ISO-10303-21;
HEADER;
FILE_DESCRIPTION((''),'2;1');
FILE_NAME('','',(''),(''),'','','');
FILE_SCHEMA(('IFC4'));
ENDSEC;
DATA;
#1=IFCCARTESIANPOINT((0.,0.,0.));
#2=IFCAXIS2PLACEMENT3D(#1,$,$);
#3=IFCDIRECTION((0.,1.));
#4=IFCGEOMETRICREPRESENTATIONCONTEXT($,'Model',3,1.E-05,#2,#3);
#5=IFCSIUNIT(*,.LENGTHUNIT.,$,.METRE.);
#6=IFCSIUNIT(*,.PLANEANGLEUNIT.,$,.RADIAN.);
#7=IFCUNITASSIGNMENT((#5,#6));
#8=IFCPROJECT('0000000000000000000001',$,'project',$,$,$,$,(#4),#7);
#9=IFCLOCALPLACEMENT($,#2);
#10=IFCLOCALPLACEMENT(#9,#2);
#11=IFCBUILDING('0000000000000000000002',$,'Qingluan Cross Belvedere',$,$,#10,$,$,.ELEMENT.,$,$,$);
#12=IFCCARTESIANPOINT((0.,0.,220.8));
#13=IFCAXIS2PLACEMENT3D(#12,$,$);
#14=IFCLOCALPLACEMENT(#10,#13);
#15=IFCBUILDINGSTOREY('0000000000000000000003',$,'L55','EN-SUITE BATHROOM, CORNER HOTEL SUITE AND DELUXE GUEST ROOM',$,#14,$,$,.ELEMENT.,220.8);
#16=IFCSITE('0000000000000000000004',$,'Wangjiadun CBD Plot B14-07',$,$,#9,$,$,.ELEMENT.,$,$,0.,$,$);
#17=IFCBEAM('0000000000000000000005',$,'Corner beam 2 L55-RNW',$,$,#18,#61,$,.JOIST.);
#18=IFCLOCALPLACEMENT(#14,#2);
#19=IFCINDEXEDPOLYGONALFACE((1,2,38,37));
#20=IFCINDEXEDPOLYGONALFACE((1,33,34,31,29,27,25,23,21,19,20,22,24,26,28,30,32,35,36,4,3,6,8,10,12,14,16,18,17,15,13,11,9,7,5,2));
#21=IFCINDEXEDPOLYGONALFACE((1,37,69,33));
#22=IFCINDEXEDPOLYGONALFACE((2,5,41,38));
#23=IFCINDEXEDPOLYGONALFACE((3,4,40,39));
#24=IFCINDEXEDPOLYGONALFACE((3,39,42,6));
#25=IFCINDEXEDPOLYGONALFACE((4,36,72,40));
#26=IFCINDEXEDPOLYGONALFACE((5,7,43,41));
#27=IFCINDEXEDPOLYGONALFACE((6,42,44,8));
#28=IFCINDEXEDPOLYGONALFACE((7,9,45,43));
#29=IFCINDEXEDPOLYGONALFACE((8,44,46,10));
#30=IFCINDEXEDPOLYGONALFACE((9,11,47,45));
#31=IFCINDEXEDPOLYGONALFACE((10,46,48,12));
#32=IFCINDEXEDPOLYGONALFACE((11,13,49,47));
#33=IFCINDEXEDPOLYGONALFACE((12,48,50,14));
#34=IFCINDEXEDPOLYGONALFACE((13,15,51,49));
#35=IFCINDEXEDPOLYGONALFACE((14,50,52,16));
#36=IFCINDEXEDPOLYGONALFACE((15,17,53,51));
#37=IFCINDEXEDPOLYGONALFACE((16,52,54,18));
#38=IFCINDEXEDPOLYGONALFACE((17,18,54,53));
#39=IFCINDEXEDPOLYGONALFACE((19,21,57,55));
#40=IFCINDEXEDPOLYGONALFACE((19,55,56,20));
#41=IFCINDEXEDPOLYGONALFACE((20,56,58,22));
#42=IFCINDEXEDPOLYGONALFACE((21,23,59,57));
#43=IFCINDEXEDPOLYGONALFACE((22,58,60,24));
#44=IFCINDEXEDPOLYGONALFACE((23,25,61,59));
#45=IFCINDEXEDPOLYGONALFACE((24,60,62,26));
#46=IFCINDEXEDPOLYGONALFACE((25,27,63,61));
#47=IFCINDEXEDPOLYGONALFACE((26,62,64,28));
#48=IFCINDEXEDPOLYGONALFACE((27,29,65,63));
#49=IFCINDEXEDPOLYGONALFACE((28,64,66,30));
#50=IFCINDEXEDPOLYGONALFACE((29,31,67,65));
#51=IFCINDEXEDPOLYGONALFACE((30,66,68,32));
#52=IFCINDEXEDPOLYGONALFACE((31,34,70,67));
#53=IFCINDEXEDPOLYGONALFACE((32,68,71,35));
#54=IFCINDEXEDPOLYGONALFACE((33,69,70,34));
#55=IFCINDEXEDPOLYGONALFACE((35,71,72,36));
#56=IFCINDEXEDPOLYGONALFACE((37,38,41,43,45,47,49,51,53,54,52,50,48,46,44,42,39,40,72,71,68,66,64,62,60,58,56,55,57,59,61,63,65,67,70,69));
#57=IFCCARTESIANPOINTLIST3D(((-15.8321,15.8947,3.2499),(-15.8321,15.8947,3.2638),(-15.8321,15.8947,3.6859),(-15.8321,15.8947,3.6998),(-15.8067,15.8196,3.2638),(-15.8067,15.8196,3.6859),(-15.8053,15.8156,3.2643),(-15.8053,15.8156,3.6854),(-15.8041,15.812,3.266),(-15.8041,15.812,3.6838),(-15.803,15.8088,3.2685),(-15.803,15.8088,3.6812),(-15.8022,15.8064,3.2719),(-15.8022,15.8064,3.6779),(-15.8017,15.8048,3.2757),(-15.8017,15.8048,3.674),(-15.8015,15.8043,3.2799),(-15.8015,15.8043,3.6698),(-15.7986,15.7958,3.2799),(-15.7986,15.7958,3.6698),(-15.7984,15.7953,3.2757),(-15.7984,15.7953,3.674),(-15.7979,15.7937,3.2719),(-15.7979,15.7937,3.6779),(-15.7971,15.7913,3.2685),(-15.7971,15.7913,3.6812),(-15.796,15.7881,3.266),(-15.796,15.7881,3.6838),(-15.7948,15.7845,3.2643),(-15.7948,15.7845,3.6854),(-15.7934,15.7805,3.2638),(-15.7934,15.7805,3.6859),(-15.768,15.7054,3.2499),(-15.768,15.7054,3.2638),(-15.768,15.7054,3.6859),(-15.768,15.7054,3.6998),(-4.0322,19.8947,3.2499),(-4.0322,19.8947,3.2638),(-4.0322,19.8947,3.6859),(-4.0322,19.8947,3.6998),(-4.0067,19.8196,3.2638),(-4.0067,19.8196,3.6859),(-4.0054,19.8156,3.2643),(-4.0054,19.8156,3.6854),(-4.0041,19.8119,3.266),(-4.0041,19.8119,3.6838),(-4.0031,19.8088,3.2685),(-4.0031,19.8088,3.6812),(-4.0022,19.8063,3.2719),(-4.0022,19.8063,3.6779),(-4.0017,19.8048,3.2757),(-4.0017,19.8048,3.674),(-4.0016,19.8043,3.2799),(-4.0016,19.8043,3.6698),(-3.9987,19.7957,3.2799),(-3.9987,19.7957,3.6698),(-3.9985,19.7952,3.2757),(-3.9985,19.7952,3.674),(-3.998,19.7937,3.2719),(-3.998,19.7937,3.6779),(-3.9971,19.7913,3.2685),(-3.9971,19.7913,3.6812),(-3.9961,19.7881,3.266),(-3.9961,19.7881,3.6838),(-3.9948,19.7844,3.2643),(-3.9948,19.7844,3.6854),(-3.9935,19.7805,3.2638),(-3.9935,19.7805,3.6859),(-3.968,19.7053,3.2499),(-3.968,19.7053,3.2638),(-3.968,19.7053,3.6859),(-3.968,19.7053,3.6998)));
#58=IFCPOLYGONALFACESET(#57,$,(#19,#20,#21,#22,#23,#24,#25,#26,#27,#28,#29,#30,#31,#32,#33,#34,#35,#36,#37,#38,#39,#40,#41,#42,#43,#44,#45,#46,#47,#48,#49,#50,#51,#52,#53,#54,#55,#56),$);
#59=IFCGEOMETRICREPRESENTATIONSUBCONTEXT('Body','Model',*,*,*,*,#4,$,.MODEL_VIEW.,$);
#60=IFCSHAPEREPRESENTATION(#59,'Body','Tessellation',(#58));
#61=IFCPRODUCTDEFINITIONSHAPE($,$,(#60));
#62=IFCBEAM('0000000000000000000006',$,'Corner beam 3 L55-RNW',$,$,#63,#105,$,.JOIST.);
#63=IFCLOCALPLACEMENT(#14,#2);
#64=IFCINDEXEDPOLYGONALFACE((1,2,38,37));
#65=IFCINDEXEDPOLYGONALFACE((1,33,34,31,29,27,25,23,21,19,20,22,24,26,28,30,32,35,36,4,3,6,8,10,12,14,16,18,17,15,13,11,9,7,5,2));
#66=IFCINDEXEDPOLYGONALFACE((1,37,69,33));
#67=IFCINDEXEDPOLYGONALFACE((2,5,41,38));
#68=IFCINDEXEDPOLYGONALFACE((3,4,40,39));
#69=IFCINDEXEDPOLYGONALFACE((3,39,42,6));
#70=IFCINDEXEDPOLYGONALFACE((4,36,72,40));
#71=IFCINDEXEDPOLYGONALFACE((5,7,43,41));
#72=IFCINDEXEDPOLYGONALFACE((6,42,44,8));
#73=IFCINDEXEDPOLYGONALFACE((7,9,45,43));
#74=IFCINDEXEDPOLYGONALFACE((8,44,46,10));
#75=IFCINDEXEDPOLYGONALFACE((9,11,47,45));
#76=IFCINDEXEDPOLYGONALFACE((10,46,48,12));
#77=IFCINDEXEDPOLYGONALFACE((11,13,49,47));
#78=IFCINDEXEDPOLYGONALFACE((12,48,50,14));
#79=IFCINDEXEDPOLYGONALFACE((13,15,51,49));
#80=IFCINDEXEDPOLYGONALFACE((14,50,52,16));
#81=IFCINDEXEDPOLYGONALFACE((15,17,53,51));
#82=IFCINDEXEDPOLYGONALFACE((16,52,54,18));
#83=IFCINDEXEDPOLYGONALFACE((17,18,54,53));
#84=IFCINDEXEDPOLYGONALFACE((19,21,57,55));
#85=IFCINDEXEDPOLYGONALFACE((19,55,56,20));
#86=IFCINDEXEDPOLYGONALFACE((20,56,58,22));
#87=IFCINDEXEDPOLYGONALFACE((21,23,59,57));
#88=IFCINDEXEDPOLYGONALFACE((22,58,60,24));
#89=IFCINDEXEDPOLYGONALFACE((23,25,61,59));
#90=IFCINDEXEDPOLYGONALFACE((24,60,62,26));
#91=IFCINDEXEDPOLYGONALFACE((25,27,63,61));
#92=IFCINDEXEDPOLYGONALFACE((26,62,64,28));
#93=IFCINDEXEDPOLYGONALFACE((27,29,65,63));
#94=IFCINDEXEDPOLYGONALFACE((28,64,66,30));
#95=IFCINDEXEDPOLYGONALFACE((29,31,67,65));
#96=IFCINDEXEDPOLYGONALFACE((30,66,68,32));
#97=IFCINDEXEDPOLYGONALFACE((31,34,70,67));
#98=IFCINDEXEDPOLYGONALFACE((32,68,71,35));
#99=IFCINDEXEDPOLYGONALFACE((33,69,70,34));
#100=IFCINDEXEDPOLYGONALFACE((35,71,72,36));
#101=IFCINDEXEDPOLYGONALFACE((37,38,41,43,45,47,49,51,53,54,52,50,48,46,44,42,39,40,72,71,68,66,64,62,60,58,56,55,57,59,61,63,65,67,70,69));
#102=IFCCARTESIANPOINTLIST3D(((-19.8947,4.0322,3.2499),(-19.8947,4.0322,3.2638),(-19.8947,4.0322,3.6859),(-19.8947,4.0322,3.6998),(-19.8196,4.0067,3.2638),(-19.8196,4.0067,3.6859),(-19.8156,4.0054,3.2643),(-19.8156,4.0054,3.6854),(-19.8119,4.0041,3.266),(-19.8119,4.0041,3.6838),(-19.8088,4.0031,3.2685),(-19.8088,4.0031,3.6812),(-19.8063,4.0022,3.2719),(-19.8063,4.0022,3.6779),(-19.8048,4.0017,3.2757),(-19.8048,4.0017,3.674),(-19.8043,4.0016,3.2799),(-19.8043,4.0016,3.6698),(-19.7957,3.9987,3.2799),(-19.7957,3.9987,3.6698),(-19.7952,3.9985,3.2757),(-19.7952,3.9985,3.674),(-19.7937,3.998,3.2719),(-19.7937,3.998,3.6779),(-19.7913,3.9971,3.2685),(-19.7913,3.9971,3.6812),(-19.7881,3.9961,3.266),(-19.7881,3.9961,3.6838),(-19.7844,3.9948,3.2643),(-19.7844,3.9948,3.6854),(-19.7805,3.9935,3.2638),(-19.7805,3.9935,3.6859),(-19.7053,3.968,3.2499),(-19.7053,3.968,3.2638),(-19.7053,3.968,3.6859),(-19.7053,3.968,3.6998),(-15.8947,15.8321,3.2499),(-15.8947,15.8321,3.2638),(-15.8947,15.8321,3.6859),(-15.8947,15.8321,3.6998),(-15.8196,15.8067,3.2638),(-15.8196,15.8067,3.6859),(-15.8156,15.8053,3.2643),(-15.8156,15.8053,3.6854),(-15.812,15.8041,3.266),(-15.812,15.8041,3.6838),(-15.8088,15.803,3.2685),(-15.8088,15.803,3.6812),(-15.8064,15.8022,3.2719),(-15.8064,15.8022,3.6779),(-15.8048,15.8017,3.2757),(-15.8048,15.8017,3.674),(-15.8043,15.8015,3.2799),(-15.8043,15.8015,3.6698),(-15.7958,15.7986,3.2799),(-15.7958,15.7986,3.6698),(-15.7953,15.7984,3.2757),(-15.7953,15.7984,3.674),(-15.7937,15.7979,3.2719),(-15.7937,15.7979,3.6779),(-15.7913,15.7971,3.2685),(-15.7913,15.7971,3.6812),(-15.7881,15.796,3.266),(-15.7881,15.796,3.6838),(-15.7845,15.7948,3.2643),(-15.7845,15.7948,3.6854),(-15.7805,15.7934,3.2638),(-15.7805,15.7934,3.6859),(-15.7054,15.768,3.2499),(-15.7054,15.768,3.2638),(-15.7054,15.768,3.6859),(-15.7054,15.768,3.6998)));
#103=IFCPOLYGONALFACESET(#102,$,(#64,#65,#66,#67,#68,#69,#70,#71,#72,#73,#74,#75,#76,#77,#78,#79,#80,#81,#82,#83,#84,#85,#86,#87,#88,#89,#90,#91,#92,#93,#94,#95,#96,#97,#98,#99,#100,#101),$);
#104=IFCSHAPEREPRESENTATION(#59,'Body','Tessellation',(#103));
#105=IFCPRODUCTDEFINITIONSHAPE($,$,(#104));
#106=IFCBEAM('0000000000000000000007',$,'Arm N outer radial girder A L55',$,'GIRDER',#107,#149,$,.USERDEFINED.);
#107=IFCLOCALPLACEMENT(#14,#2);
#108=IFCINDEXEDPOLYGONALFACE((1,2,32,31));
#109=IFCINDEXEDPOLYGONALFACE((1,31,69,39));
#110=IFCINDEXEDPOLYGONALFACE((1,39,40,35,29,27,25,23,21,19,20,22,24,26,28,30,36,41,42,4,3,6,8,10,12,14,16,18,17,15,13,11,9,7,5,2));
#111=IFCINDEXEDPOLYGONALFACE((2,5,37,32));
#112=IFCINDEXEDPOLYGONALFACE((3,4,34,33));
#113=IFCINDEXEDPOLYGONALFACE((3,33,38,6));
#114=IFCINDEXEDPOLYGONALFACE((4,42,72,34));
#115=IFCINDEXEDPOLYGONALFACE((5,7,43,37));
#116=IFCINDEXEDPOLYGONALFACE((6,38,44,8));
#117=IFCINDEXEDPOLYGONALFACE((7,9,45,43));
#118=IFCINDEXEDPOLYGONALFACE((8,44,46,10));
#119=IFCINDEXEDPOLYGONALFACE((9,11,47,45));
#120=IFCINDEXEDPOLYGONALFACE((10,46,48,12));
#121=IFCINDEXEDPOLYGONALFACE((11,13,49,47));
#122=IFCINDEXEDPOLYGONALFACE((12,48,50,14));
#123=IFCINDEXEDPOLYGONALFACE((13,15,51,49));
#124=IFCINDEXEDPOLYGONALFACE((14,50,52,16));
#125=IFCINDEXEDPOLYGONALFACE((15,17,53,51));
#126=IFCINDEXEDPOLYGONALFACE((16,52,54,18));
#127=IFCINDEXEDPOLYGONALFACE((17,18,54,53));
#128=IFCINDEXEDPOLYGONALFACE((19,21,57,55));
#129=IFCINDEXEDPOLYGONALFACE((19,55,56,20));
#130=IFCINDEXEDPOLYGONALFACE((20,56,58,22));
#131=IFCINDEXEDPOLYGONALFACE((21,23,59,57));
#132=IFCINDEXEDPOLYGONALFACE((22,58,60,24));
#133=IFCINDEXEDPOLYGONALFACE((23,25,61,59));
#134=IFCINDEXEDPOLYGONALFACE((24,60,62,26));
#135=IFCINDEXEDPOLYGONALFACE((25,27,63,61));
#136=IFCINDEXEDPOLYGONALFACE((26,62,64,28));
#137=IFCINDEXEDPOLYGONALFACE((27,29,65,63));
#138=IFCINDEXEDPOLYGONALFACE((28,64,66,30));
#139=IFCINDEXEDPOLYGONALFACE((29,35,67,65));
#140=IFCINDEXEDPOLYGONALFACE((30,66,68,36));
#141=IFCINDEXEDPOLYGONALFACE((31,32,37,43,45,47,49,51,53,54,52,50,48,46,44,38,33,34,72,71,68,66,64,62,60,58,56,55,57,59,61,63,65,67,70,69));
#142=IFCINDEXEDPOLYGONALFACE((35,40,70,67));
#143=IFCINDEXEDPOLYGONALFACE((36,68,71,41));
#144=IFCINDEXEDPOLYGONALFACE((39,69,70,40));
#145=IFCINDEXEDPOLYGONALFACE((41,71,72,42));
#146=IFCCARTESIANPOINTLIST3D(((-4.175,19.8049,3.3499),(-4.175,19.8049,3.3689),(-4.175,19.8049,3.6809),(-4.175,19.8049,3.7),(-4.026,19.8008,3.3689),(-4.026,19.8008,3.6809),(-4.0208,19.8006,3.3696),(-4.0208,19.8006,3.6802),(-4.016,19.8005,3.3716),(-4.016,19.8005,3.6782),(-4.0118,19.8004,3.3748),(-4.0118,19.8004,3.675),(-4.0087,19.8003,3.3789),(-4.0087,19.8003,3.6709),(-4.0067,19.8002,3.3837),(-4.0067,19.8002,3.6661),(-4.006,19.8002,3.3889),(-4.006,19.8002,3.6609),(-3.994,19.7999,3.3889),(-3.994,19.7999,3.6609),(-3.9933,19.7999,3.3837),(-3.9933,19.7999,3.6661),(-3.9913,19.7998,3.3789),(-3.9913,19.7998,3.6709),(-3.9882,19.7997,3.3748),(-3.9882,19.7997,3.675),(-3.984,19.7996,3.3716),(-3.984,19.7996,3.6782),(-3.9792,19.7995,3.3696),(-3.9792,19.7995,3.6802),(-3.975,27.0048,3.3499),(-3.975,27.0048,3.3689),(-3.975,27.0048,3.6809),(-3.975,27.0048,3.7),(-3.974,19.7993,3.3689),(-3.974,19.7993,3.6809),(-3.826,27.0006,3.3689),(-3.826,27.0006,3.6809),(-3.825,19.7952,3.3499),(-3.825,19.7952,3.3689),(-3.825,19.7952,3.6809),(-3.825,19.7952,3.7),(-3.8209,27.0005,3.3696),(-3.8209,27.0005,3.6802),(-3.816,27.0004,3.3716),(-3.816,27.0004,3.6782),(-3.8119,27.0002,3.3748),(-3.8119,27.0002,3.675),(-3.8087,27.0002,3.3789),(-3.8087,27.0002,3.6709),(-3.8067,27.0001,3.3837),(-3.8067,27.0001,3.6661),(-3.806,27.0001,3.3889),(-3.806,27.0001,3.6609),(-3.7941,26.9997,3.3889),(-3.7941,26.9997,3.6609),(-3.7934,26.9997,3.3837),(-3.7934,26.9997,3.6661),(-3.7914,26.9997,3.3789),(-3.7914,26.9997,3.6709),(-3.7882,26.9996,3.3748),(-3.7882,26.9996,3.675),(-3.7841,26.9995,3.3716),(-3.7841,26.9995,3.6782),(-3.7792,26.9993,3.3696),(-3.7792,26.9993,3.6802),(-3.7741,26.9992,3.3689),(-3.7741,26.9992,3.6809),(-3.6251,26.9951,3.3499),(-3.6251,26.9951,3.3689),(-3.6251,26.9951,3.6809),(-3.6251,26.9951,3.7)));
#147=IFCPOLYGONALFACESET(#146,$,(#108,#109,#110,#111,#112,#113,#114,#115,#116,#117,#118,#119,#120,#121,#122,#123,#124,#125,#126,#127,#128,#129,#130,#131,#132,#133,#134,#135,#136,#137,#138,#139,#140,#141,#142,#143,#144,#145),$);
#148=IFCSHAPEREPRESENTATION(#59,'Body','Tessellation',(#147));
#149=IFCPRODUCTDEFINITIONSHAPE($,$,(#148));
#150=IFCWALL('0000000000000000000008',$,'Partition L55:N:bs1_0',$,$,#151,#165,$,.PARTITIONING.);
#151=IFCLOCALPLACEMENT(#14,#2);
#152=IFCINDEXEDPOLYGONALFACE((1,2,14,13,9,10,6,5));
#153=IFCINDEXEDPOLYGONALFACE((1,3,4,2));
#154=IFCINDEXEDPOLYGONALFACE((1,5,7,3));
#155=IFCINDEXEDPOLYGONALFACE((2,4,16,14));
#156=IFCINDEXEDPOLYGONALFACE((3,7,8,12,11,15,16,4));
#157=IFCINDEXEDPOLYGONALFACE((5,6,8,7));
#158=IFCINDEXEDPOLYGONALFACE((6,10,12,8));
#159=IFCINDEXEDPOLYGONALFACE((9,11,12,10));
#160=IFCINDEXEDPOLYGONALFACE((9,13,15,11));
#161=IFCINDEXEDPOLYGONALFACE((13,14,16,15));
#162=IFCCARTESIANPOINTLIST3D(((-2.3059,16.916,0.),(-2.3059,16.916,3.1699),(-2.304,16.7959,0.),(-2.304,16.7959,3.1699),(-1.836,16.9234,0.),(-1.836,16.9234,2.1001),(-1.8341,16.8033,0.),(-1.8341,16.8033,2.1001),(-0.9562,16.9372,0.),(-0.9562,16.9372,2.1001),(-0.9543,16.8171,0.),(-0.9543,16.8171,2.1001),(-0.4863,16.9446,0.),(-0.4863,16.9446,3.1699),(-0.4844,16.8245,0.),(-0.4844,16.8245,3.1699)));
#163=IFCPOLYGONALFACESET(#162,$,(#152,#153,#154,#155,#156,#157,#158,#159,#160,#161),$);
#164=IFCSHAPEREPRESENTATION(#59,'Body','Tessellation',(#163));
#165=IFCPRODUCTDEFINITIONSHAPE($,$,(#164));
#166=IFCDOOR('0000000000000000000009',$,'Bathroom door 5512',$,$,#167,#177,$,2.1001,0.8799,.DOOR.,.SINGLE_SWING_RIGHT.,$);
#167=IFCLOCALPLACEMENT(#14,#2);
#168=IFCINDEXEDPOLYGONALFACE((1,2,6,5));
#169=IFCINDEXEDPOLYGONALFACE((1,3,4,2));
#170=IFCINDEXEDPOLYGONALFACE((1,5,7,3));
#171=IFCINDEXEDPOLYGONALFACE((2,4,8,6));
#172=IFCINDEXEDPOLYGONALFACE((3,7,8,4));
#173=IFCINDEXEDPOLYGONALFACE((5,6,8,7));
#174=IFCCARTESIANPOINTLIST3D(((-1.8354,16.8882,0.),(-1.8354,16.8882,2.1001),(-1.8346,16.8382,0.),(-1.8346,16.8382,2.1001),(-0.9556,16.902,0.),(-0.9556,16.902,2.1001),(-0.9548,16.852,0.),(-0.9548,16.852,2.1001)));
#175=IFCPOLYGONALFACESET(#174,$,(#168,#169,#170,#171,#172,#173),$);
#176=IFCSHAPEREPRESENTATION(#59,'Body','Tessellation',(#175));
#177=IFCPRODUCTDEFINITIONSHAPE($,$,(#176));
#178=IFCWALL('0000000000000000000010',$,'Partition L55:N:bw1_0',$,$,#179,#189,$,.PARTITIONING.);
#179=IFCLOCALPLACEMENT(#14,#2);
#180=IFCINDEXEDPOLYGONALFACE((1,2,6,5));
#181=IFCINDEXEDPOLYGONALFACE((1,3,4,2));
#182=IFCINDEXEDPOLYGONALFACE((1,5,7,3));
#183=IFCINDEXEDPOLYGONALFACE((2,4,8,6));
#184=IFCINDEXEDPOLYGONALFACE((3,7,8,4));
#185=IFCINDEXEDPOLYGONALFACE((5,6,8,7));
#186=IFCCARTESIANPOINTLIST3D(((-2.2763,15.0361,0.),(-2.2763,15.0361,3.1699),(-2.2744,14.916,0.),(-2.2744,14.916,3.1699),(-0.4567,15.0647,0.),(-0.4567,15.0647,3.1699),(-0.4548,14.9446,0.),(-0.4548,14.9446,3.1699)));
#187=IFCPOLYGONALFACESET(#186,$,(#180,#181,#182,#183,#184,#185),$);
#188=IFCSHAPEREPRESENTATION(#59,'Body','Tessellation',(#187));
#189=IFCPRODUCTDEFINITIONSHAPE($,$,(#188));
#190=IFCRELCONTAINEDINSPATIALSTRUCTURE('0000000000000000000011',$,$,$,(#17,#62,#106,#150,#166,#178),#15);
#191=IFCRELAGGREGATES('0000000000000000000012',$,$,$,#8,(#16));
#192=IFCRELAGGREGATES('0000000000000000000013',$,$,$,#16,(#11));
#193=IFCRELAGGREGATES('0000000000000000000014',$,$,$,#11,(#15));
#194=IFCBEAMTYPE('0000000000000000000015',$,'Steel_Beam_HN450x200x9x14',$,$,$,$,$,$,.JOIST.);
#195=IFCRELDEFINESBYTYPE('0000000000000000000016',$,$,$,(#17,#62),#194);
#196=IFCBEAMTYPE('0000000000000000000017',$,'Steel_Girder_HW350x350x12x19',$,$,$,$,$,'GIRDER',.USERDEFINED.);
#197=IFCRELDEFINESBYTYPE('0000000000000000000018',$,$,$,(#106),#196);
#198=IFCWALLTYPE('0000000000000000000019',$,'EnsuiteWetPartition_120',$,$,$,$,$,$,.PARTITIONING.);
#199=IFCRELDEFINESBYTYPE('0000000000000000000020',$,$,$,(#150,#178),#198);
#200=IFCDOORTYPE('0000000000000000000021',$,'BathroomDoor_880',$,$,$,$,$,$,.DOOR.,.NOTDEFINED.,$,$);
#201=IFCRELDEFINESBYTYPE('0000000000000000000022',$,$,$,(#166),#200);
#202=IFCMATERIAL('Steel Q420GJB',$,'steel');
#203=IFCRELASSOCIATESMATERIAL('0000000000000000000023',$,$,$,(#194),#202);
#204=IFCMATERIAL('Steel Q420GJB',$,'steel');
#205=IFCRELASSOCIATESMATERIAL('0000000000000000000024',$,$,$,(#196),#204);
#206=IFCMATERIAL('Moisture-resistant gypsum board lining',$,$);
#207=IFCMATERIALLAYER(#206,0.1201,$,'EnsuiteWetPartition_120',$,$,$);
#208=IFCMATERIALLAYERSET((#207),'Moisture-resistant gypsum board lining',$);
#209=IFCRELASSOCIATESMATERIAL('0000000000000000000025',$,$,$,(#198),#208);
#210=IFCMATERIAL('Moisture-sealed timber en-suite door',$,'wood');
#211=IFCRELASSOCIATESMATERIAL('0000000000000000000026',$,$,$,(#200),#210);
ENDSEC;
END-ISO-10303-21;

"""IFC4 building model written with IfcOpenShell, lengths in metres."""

from ifc_helpers import new_model, si_unit, direction, frame, frame_2d, origin, origin_2d, place, context, subcontext, project, spatial, rectangle, i_section, extrude, material, layer, layer_set, material_profile, profile_set, type_object, element, fill, save


model = new_model("IFC4")

# Units and contexts
model_context = context("Model", 3, precision=1e-05, world=origin(), true_north=direction((0.0, 1.0)))
body_context = subcontext(model_context, "Body", "Model", "MODEL_VIEW")
ifc_project = project(units=[si_unit("LENGTHUNIT", "METRE"), si_unit("PLANEANGLEUNIT", "RADIAN")], contexts=[model_context])

# Site, building, storey
site_placement = place(None, origin())
site = spatial("IfcSite", under=ifc_project, at=site_placement, Name="Wangjiadun CBD Plot B14-07", CompositionType="ELEMENT", RefElevation=0.0)
building_placement = place(site_placement, origin())
building = spatial("IfcBuilding", under=site, at=building_placement, Name="Qingluan Cross Belvedere", CompositionType="ELEMENT")
storey_placement = place(building_placement, frame((0.0, 0.0, 220.8)))
storey = spatial("IfcBuildingStorey", under=building, at=storey_placement, Name="L55", Description="EN-SUITE BATHROOM, CORNER HOTEL SUITE AND DELUXE GUEST ROOM", CompositionType="ELEMENT", Elevation=220.8)

# Beams
ifc_material_1 = material(Name="Steel Q420GJB", Category="steel")
ifc_material_profile_1 = material_profile(ifc_material_1, i_section(OverallWidth=0.2, OverallDepth=0.45, WebThickness=0.009, FlangeThickness=0.0139, FilletRadius=0.0161, at=origin_2d()), Name="HN450x200x9x14")
ifc_profile_set_1 = profile_set([ifc_material_profile_1], Name="Steel Q420GJB")
beam_type_1 = type_object("IfcBeamType", Name="Steel_Beam_HN450x200x9x14", PredefinedType="JOIST", material=ifc_profile_set_1)
for number, where, z_axis, x_axis, name in (
    (1, (-15.8, 15.8, 3.4749), (0.947066, 0.321038, 0.0), (-0.321038, 0.947066, 0.0), "Corner beam 2 L55-RNW"),
    (2, (-15.8, 15.8, 3.4749), (-0.321038, -0.947066, 0.0), (0.947066, -0.321038, 0.0), "Corner beam 3 L55-RNW"),
):
    element("IfcBeam", number, at=place(storey_placement, frame(where, z_axis=z_axis, x_axis=x_axis)), inside=storey, type_object=beam_type_1, Name=name, PredefinedType="JOIST", context=body_context, shape_type="SweptSolid", body=[
        extrude(i_section(OverallWidth=0.2, OverallDepth=0.45, WebThickness=0.009, FlangeThickness=0.0139, FilletRadius=0.0161, at=origin_2d()), origin(), (0.0, 0.0, 1.0), 12.4595),
    ])
ifc_material_2 = material(Name="Steel Q420GJB", Category="steel")
ifc_material_profile_2 = material_profile(ifc_material_2, i_section(OverallWidth=0.3501, OverallDepth=0.3501, WebThickness=0.012, FlangeThickness=0.019, FilletRadius=0.02, at=origin_2d()), Name="HW350x350x12x19")
ifc_profile_set_2 = profile_set([ifc_material_profile_2], Name="Steel Q420GJB")
beam_type_2 = type_object("IfcBeamType", Name="Steel_Girder_HW350x350x12x19", ElementType="GIRDER", PredefinedType="USERDEFINED", material=ifc_profile_set_2)
beam_1_placement = place(storey_placement, frame((-4.0, 19.8, 3.5249), z_axis=(0.02776, 0.999615, 0.0), x_axis=(-0.999615, 0.02776, 0.0)))
element("IfcBeam", 3, at=beam_1_placement, inside=storey, type_object=beam_type_2, Name="Arm N outer radial girder A L55", ObjectType="GIRDER", PredefinedType="USERDEFINED", context=body_context, shape_type="SweptSolid", body=[
    extrude(i_section(OverallWidth=0.3501, OverallDepth=0.3501, WebThickness=0.012, FlangeThickness=0.019, FilletRadius=0.02, at=origin_2d()), origin(), (0.0, 0.0, 1.0), 7.2026),
])

# Wall, opening, door
ifc_material_3 = material(Name="Moisture-resistant gypsum board lining")
ifc_layer_1 = layer(ifc_material_3, 0.1201, Name="EnsuiteWetPartition_120")
ifc_layer_set_1 = layer_set([ifc_layer_1], Name="Moisture-resistant gypsum board lining")
wall_type_1 = type_object("IfcWallType", Name="EnsuiteWetPartition_120", PredefinedType="PARTITIONING", material=ifc_layer_set_1)
wall_1_placement = place(storey_placement, frame((-2.3049, 16.856, 0.0), z_axis=(0.0, 0.0, 1.0), x_axis=(0.999877, 0.015696, 0.0)))
wall_1 = element("IfcWall", 4, at=wall_1_placement, inside=storey, type_object=wall_type_1, Name="Partition L55:N:bs1_0", PredefinedType="PARTITIONING", context=body_context, shape_type="SweptSolid", body=[
    extrude(rectangle(XDim=1.8198, YDim=0.1201, at=frame_2d((0.9099, 0.0))), origin(), (0.0, 0.0, 1.0), 3.1699),
])
opening_1_placement = place(wall_1_placement, frame((0.47, 0.0, 0.0)))
opening_1 = element("IfcOpeningElement", 5, at=opening_1_placement, cuts=wall_1, PredefinedType="OPENING", context=body_context, shape_type="SweptSolid", body=[
    extrude(rectangle(XDim=0.8799, YDim=2.1001, at=frame_2d((0.4399, 1.05))), frame((0.0, 0.0701, 0.0), z_axis=(0.0, -1.0, 0.0), x_axis=(1.0, 0.0, 0.0)), (0.0, 0.0, 1.0), 0.1401),
])
ifc_material_4 = material(Name="Moisture-sealed timber en-suite door", Category="wood")
door_type = type_object("IfcDoorType", Name="BathroomDoor_880", OperationType="NOTDEFINED", PredefinedType="DOOR", material=ifc_material_4)
door_1_placement = place(opening_1_placement, origin())
door_1 = element("IfcDoor", 6, at=door_1_placement, inside=storey, type_object=door_type, Name="Bathroom door 5512", OperationType="SINGLE_SWING_RIGHT", OverallHeight=2.1001, OverallWidth=0.8799, PredefinedType="DOOR", context=body_context, shape_type="SweptSolid", body=[
    extrude(rectangle(XDim=0.8799, YDim=2.1001, at=frame_2d((0.4399, 1.05))), frame((0.0, 0.0249, 0.0), z_axis=(0.0, -1.0, 0.0), x_axis=(1.0, 0.0, 0.0)), (0.0, 0.0, 1.0), 0.05),
])
fill(opening_1, door_1)

# Wall
wall_2_placement = place(storey_placement, frame((-2.2754, 14.9761, 0.0), z_axis=(0.0, 0.0, 1.0), x_axis=(0.999877, 0.015696, 0.0)))
element("IfcWall", 7, at=wall_2_placement, inside=storey, type_object=wall_type_1, Name="Partition L55:N:bw1_0", PredefinedType="PARTITIONING", context=body_context, shape_type="SweptSolid", body=[
    extrude(rectangle(XDim=1.8198, YDim=0.1201, at=frame_2d((0.9099, 0.0))), origin(), (0.0, 0.0, 1.0), 3.1699),
])

save(model, "model.ifc")
